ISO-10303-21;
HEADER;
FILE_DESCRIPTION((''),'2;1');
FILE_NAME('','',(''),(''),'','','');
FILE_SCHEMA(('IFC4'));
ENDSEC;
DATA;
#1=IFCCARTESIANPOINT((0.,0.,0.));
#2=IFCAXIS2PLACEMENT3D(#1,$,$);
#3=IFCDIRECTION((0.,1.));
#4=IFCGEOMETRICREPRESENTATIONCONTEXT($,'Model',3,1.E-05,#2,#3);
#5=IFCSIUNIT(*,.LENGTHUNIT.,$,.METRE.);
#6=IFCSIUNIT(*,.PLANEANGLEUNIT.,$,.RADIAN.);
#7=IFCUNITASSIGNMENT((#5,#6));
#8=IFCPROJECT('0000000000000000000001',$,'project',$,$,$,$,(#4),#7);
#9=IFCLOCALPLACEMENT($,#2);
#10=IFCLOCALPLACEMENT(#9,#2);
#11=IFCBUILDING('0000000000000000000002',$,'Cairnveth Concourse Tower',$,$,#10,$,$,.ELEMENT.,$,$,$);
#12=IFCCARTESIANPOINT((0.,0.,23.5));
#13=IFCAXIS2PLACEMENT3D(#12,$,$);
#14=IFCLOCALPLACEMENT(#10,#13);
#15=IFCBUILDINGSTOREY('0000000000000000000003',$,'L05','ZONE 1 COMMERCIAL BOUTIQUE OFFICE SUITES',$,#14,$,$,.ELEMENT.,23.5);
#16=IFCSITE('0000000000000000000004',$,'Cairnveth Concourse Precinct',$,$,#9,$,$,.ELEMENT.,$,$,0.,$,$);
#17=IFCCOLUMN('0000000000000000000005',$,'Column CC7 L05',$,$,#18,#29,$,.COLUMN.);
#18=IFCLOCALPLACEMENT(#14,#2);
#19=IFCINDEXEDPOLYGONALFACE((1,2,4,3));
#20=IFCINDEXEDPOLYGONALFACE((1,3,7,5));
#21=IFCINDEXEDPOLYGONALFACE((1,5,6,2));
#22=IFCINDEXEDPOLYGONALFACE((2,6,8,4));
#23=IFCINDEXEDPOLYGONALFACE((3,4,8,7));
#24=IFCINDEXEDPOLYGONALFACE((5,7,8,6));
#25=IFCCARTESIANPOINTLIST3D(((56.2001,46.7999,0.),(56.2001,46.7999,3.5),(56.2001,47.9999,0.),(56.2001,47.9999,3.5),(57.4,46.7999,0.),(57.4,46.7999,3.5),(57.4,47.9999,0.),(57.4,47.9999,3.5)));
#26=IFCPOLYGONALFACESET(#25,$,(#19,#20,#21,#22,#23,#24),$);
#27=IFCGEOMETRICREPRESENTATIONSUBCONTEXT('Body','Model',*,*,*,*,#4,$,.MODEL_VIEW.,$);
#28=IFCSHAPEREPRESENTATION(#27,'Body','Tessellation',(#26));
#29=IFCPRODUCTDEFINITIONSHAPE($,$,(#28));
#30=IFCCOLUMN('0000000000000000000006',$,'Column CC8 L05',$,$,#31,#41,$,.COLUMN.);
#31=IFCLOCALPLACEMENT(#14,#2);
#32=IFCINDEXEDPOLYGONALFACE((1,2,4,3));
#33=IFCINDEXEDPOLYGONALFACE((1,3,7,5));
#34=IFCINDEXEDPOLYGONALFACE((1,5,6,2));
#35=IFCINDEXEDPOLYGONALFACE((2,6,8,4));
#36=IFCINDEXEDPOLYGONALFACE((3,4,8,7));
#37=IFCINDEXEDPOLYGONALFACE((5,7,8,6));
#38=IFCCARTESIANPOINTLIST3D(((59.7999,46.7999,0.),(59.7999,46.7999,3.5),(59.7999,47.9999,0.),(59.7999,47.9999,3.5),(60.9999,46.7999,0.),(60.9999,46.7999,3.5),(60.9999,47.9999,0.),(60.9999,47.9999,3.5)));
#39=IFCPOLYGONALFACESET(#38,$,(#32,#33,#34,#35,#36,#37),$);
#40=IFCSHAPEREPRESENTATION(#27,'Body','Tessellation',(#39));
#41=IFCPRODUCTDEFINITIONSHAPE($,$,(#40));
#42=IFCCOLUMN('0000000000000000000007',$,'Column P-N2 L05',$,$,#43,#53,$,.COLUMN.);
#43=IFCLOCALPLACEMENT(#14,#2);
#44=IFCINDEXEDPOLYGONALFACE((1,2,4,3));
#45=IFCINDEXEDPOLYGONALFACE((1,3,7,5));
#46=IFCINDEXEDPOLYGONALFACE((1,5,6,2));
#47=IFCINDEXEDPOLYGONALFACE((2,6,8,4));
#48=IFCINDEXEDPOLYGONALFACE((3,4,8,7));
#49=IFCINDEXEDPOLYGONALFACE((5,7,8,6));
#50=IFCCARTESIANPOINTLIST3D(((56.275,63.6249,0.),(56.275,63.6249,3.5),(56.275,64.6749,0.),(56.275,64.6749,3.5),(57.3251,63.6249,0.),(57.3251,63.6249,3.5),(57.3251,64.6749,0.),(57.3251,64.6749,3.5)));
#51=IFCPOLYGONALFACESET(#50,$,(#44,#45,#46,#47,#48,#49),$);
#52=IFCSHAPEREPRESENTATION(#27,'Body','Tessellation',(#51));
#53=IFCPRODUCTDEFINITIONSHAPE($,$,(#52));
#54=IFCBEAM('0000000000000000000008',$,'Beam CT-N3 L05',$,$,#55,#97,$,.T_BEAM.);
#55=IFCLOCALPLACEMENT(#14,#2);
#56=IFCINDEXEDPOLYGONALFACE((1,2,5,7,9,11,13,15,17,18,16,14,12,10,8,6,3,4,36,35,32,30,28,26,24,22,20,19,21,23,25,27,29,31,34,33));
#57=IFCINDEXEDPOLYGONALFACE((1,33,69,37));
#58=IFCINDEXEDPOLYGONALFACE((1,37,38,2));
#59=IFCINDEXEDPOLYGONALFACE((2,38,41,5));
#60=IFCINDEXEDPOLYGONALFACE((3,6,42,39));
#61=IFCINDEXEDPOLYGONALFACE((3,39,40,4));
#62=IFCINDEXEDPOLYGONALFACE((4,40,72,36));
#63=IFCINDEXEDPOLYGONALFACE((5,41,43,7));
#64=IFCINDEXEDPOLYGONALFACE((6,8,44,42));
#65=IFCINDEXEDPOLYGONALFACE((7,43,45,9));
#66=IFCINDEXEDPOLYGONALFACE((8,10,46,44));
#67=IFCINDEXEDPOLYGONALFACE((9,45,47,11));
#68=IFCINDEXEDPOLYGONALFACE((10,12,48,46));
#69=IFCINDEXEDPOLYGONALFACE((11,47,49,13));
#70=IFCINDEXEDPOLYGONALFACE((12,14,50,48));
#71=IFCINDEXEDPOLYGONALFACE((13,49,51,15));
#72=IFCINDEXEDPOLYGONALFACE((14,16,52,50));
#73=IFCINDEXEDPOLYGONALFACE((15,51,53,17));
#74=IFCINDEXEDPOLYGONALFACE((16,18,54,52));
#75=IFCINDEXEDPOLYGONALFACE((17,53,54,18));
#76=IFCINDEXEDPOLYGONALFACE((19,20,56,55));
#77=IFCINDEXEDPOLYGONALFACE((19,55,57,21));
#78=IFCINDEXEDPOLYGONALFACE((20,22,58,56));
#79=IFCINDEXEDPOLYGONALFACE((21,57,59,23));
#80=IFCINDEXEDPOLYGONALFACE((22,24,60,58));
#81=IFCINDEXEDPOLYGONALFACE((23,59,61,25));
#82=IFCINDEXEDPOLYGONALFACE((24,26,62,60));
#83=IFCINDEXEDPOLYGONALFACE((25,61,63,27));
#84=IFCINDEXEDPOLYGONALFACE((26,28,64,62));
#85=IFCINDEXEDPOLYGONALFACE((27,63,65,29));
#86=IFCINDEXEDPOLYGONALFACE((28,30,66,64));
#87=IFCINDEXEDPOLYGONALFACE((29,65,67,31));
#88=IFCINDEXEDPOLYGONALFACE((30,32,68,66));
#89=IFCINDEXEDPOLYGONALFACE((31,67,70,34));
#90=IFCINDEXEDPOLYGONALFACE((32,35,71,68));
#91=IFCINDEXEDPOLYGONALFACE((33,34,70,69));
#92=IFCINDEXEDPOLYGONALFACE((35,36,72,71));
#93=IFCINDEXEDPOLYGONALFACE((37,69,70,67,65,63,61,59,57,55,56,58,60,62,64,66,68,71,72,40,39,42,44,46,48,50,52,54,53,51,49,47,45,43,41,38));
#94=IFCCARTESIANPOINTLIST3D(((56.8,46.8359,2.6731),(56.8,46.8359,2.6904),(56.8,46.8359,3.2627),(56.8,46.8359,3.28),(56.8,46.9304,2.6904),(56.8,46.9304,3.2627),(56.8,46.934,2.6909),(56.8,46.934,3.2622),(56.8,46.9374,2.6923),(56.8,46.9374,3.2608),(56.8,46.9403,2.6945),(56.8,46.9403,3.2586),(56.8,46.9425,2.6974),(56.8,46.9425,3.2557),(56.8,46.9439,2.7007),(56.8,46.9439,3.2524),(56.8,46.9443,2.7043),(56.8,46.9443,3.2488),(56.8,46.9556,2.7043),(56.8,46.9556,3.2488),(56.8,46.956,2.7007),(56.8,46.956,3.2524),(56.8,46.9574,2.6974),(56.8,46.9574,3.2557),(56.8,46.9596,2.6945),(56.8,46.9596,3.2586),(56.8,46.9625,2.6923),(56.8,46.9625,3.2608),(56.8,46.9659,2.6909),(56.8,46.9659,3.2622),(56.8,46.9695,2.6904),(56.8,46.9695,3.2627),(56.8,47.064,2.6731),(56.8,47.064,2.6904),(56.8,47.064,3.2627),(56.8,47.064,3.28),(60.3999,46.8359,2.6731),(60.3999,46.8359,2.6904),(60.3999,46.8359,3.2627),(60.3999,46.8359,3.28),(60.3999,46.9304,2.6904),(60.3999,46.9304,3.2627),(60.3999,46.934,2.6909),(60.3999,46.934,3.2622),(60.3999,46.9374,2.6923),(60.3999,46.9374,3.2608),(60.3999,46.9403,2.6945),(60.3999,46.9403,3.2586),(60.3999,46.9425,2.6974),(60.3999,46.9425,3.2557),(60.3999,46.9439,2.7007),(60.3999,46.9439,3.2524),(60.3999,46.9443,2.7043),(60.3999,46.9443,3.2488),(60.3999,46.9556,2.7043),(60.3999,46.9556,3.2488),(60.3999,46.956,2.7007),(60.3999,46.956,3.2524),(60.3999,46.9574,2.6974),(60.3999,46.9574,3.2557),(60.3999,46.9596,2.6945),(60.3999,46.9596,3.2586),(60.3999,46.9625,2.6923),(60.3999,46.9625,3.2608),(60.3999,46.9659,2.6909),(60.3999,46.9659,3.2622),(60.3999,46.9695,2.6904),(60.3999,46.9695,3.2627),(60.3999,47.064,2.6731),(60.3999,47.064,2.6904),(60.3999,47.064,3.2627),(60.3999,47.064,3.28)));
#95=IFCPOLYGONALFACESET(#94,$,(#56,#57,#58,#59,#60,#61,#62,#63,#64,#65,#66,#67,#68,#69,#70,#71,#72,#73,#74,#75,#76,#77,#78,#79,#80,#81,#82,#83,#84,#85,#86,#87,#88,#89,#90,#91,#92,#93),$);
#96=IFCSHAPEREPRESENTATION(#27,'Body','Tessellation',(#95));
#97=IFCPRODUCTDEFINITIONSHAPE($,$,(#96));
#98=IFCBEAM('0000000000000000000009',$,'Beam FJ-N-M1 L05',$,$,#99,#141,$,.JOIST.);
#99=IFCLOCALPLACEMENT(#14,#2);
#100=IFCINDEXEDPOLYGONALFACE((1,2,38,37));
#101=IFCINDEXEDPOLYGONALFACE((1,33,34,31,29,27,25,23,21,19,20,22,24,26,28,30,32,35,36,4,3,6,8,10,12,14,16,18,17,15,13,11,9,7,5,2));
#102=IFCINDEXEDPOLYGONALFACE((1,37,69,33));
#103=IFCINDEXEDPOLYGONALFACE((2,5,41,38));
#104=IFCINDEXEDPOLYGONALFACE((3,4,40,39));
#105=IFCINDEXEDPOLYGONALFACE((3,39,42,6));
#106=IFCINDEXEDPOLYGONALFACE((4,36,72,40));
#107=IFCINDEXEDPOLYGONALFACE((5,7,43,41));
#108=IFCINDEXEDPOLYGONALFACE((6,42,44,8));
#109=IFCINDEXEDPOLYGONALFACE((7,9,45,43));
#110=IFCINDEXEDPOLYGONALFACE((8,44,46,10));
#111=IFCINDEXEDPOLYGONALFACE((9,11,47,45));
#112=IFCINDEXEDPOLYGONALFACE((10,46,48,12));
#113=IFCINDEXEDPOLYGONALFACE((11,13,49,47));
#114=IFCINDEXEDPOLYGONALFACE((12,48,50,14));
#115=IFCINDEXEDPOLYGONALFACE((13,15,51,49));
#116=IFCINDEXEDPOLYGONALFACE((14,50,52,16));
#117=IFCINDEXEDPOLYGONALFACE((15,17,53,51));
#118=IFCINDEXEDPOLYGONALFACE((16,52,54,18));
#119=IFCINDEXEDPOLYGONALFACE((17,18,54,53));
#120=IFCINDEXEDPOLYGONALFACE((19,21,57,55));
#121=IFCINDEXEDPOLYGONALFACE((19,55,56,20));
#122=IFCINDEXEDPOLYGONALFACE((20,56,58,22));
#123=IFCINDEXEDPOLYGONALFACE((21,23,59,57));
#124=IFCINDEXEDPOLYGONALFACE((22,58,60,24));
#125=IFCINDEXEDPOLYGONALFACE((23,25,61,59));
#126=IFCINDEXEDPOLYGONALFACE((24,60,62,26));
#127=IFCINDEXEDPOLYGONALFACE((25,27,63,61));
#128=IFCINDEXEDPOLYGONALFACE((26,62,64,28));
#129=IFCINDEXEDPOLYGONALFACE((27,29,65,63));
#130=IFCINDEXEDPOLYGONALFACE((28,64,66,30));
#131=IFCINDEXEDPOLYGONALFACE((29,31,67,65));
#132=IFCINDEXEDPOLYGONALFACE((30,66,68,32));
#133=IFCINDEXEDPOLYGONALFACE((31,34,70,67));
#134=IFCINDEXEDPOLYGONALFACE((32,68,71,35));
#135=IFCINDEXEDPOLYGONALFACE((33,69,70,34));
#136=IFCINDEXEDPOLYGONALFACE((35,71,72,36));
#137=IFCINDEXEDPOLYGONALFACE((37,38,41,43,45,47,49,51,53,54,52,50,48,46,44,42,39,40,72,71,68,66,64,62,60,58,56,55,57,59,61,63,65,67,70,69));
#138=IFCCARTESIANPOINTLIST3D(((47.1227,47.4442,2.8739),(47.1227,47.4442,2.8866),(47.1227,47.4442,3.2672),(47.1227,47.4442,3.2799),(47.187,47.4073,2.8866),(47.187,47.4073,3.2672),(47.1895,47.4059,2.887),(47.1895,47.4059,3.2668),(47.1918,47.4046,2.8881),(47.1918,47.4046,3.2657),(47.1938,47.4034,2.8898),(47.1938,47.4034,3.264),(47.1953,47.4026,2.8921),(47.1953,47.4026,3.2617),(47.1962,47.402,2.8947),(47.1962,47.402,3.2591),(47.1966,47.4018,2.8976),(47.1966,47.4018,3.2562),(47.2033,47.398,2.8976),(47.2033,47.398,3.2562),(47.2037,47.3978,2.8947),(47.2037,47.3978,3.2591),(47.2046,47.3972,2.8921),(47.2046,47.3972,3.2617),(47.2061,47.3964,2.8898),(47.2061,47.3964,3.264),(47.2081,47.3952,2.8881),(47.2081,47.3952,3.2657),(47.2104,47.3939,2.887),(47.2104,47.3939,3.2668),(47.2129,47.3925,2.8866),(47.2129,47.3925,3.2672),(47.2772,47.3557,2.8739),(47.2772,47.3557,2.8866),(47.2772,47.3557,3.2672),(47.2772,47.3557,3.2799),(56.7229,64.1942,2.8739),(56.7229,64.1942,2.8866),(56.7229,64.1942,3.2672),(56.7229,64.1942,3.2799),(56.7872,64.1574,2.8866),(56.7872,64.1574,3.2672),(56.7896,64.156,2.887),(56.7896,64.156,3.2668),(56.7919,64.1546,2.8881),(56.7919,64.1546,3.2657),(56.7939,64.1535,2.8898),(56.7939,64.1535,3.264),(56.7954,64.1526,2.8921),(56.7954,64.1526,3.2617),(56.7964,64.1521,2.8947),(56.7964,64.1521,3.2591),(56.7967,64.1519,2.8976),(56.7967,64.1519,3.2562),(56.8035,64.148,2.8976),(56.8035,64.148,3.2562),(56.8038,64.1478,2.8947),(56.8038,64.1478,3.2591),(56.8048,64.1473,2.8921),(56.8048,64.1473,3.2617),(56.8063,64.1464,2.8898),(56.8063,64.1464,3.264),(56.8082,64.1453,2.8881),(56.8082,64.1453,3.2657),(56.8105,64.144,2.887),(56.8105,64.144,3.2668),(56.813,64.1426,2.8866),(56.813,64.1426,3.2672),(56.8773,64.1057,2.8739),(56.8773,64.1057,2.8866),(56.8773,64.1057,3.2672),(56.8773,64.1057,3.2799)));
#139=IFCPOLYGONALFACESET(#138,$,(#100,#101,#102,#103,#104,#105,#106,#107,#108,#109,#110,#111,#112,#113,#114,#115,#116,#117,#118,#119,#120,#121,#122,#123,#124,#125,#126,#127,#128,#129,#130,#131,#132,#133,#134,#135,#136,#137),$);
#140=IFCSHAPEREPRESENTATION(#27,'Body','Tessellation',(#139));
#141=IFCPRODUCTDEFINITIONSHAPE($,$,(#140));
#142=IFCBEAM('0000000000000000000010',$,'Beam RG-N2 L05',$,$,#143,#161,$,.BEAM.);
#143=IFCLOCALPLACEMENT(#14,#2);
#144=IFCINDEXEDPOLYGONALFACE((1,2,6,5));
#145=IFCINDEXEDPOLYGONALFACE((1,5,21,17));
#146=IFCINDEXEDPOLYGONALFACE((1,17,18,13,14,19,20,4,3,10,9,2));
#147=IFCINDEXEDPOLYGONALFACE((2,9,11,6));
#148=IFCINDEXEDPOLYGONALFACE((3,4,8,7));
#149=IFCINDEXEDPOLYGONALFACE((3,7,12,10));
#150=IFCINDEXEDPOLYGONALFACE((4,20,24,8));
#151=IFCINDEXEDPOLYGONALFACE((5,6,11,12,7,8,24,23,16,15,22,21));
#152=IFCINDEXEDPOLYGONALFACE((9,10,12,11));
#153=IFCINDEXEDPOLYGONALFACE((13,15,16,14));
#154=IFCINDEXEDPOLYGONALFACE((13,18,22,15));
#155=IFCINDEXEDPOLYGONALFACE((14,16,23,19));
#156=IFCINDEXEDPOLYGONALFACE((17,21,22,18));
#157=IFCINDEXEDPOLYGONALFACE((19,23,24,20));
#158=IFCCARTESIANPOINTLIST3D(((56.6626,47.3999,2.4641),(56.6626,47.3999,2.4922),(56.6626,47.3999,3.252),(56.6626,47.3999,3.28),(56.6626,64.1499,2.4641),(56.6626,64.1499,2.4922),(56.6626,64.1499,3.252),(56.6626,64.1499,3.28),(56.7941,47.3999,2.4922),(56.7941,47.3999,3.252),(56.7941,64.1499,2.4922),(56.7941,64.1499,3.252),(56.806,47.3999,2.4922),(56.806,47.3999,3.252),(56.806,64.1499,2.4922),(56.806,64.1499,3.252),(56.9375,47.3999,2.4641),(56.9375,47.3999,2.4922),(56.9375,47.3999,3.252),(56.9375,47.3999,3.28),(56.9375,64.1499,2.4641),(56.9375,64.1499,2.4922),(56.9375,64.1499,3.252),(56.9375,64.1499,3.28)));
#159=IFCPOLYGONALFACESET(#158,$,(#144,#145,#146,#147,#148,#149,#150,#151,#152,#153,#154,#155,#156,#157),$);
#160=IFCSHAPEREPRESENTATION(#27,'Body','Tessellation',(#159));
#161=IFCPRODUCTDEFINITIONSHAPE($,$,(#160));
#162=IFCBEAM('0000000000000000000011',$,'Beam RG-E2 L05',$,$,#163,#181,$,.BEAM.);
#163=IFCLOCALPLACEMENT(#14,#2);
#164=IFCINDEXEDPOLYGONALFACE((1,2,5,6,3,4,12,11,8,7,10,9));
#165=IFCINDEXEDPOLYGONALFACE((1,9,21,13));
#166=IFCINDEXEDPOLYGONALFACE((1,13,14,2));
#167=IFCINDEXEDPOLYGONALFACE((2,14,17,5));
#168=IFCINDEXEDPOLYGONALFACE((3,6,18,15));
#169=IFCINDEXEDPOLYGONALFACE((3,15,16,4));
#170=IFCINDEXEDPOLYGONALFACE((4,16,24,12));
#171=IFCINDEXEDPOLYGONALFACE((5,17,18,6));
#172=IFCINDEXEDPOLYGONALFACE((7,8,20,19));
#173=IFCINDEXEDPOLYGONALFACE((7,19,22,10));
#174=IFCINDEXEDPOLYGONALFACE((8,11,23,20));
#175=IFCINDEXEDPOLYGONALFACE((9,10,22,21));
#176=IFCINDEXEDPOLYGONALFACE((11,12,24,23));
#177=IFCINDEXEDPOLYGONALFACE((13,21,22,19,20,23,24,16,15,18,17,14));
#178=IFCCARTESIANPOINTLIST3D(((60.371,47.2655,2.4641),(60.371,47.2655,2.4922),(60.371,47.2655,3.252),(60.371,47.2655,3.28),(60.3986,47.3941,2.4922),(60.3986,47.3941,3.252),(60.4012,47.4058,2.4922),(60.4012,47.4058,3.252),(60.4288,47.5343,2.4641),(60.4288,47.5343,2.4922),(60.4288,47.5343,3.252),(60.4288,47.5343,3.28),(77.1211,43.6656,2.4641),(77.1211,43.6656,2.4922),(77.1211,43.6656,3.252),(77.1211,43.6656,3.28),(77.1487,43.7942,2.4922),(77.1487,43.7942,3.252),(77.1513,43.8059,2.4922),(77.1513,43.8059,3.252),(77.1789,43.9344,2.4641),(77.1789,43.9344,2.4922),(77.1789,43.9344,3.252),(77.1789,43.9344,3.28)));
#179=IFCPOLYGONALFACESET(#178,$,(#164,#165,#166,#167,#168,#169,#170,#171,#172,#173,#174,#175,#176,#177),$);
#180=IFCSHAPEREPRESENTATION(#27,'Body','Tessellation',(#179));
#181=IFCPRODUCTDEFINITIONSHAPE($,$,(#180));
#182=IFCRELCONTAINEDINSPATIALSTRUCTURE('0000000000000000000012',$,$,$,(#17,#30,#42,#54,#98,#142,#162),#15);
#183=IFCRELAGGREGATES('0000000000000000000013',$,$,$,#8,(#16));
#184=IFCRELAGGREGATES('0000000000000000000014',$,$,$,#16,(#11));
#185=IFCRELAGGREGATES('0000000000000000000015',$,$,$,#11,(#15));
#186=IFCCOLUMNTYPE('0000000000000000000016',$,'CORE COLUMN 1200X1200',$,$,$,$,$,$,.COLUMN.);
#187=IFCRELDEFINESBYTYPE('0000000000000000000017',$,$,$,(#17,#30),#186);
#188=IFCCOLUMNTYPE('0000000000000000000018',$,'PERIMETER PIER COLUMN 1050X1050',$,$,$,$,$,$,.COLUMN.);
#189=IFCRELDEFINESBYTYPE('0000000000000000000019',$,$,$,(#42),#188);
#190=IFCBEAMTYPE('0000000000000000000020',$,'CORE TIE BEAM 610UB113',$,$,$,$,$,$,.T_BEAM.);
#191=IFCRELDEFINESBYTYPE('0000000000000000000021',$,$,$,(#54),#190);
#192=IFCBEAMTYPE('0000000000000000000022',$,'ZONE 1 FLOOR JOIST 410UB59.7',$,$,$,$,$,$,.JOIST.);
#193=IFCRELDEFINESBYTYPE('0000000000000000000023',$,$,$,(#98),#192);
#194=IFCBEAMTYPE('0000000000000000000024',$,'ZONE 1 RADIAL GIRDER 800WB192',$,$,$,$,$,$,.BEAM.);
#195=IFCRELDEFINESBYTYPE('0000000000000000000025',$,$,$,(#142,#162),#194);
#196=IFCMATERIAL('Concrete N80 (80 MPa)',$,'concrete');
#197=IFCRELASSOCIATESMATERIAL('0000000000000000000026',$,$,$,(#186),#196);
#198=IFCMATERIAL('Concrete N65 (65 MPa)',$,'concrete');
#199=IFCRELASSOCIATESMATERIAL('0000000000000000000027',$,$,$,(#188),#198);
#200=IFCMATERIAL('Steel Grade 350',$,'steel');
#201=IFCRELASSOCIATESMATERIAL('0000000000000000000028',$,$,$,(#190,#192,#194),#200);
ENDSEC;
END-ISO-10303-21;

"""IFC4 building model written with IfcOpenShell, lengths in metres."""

from ifc_helpers import new_model, si_unit, direction, frame, origin, origin_2d, place, context, subcontext, project, spatial, rectangle, i_section, extrude, material, material_profile, profile_set, type_object, element, save


model = new_model("IFC4")

# Units and contexts
model_context = context("Model", 3, precision=1e-05, world=origin(), true_north=direction((0.0, 1.0)))
body_context = subcontext(model_context, "Body", "Model", "MODEL_VIEW")
ifc_project = project(units=[si_unit("LENGTHUNIT", "METRE"), si_unit("PLANEANGLEUNIT", "RADIAN")], contexts=[model_context])

# Site, building, storey
site_placement = place(None, origin())
site = spatial("IfcSite", under=ifc_project, at=site_placement, Name="Cairnveth Concourse Precinct", CompositionType="ELEMENT", RefElevation=0.0)
building_placement = place(site_placement, origin())
building = spatial("IfcBuilding", under=site, at=building_placement, Name="Cairnveth Concourse Tower", CompositionType="ELEMENT")
storey_placement = place(building_placement, frame((0.0, 0.0, 23.5)))
storey = spatial("IfcBuildingStorey", under=building, at=storey_placement, Name="L05", Description="ZONE 1 COMMERCIAL BOUTIQUE OFFICE SUITES", CompositionType="ELEMENT", Elevation=23.5)

# Columns
ifc_material_1 = material(Name="Concrete N80 (80 MPa)", Category="concrete")
ifc_material_profile_1 = material_profile(ifc_material_1, rectangle(XDim=1.2, YDim=1.2, at=origin_2d()), Name="RC-COL-1200x1200")
ifc_profile_set_1 = profile_set([ifc_material_profile_1], Name="Concrete N80 (80 MPa)")
column_type_1 = type_object("IfcColumnType", Name="CORE COLUMN 1200X1200", PredefinedType="COLUMN", material=ifc_profile_set_1)
for number, where, z_axis, x_axis, name in (
    (1, (56.8, 47.3999, 0.0), (0.0, 0.0, 1.0), (1.0, 0.0, 0.0), "Column CC7 L05"),
    (2, (60.3999, 47.3999, 0.0), (0.0, 0.0, 1.0), (1.0, 0.0, 0.0), "Column CC8 L05"),
):
    element("IfcColumn", number, at=place(storey_placement, frame(where, z_axis=z_axis, x_axis=x_axis)), inside=storey, type_object=column_type_1, Name=name, PredefinedType="COLUMN", context=body_context, shape_type="SweptSolid", body=[
        extrude(rectangle(XDim=1.2, YDim=1.2, at=origin_2d()), origin(), (0.0, 0.0, 1.0), 3.5),
    ])
ifc_material_2 = material(Name="Concrete N65 (65 MPa)", Category="concrete")
ifc_material_profile_2 = material_profile(ifc_material_2, rectangle(XDim=1.05, YDim=1.05, at=origin_2d()), Name="RC-COL-1050x1050")
ifc_profile_set_2 = profile_set([ifc_material_profile_2], Name="Concrete N65 (65 MPa)")
column_type_2 = type_object("IfcColumnType", Name="PERIMETER PIER COLUMN 1050X1050", PredefinedType="COLUMN", material=ifc_profile_set_2)
column_placement = place(storey_placement, frame((56.8, 64.1499, 0.0), z_axis=(0.0, 0.0, 1.0), x_axis=(1.0, 0.0, 0.0)))
element("IfcColumn", 3, at=column_placement, inside=storey, type_object=column_type_2, Name="Column P-N2 L05", PredefinedType="COLUMN", context=body_context, shape_type="SweptSolid", body=[
    extrude(rectangle(XDim=1.05, YDim=1.05, at=origin_2d()), origin(), (0.0, 0.0, 1.0), 3.5),
])

# Beams
ifc_material_3 = material(Name="Steel Grade 350", Category="steel")
ifc_material_profile_3 = material_profile(ifc_material_3, i_section(OverallWidth=0.228, OverallDepth=0.6069, WebThickness=0.0112, FlangeThickness=0.0173, FilletRadius=0.0139, at=origin_2d()), Name="610UB113")
ifc_profile_set_3 = profile_set([ifc_material_profile_3], Name="Steel Grade 350")
beam_type_1 = type_object("IfcBeamType", Name="CORE TIE BEAM 610UB113", PredefinedType="T_BEAM", material=ifc_profile_set_3)
beam_1_placement = place(storey_placement, frame((56.8, 46.95, 2.9766), z_axis=(1.0, 0.0, 0.0), x_axis=(0.0, 1.0, 0.0)))
element("IfcBeam", 4, at=beam_1_placement, inside=storey, type_object=beam_type_1, Name="Beam CT-N3 L05", PredefinedType="T_BEAM", context=body_context, shape_type="SweptSolid", body=[
    extrude(i_section(OverallWidth=0.228, OverallDepth=0.6069, WebThickness=0.0112, FlangeThickness=0.0173, FilletRadius=0.0139, at=origin_2d()), origin(), (0.0, 0.0, 1.0), 3.5999),
])
ifc_material_profile_4 = material_profile(ifc_material_3, i_section(OverallWidth=0.178, OverallDepth=0.406, WebThickness=0.0078, FlangeThickness=0.0127, FilletRadius=0.011, at=origin_2d()), Name="410UB59.7")
ifc_profile_set_4 = profile_set([ifc_material_profile_4], Name="Steel Grade 350")
beam_type_2 = type_object("IfcBeamType", Name="ZONE 1 FLOOR JOIST 410UB59.7", PredefinedType="JOIST", material=ifc_profile_set_4)
beam_2_placement = place(storey_placement, frame((47.2, 47.3999, 3.0769), z_axis=(0.497258, 0.867603, 0.0), x_axis=(-0.867603, 0.497258, 0.0)))
element("IfcBeam", 5, at=beam_2_placement, inside=storey, type_object=beam_type_2, Name="Beam FJ-N-M1 L05", PredefinedType="JOIST", context=body_context, shape_type="SweptSolid", body=[
    extrude(i_section(OverallWidth=0.178, OverallDepth=0.406, WebThickness=0.0078, FlangeThickness=0.0127, FilletRadius=0.011, at=origin_2d()), origin(), (0.0, 0.0, 1.0), 19.3062),
])
ifc_material_profile_5 = material_profile(ifc_material_3, i_section(OverallWidth=0.2749, OverallDepth=0.8159, WebThickness=0.012, FlangeThickness=0.0281, at=origin_2d()), Name="800WB192")
ifc_profile_set_5 = profile_set([ifc_material_profile_5], Name="Steel Grade 350")
beam_type_3 = type_object("IfcBeamType", Name="ZONE 1 RADIAL GIRDER 800WB192", PredefinedType="BEAM", material=ifc_profile_set_5)
beam_3_placement = place(storey_placement, frame((56.8, 47.3999, 2.8721), z_axis=(0.0, 1.0, 0.0), x_axis=(-1.0, 0.0, 0.0)))
element("IfcBeam", 6, at=beam_3_placement, inside=storey, type_object=beam_type_3, Name="Beam RG-N2 L05", PredefinedType="BEAM", context=body_context, shape_type="SweptSolid", body=[
    extrude(i_section(OverallWidth=0.2749, OverallDepth=0.8159, WebThickness=0.012, FlangeThickness=0.0281, at=origin_2d()), origin(), (0.0, 0.0, 1.0), 16.75),
])
beam_4_placement = place(storey_placement, frame((60.3999, 47.3999, 2.8721), z_axis=(0.977676, -0.210119, 0.0), x_axis=(0.210119, 0.977676, 0.0)))
element("IfcBeam", 7, at=beam_4_placement, inside=storey, type_object=beam_type_3, Name="Beam RG-E2 L05", PredefinedType="BEAM", context=body_context, shape_type="SweptSolid", body=[
    extrude(i_section(OverallWidth=0.2749, OverallDepth=0.8159, WebThickness=0.012, FlangeThickness=0.0281, at=origin_2d()), origin(), (0.0, 0.0, 1.0), 17.1326),
])

save(model, "model.ifc")
